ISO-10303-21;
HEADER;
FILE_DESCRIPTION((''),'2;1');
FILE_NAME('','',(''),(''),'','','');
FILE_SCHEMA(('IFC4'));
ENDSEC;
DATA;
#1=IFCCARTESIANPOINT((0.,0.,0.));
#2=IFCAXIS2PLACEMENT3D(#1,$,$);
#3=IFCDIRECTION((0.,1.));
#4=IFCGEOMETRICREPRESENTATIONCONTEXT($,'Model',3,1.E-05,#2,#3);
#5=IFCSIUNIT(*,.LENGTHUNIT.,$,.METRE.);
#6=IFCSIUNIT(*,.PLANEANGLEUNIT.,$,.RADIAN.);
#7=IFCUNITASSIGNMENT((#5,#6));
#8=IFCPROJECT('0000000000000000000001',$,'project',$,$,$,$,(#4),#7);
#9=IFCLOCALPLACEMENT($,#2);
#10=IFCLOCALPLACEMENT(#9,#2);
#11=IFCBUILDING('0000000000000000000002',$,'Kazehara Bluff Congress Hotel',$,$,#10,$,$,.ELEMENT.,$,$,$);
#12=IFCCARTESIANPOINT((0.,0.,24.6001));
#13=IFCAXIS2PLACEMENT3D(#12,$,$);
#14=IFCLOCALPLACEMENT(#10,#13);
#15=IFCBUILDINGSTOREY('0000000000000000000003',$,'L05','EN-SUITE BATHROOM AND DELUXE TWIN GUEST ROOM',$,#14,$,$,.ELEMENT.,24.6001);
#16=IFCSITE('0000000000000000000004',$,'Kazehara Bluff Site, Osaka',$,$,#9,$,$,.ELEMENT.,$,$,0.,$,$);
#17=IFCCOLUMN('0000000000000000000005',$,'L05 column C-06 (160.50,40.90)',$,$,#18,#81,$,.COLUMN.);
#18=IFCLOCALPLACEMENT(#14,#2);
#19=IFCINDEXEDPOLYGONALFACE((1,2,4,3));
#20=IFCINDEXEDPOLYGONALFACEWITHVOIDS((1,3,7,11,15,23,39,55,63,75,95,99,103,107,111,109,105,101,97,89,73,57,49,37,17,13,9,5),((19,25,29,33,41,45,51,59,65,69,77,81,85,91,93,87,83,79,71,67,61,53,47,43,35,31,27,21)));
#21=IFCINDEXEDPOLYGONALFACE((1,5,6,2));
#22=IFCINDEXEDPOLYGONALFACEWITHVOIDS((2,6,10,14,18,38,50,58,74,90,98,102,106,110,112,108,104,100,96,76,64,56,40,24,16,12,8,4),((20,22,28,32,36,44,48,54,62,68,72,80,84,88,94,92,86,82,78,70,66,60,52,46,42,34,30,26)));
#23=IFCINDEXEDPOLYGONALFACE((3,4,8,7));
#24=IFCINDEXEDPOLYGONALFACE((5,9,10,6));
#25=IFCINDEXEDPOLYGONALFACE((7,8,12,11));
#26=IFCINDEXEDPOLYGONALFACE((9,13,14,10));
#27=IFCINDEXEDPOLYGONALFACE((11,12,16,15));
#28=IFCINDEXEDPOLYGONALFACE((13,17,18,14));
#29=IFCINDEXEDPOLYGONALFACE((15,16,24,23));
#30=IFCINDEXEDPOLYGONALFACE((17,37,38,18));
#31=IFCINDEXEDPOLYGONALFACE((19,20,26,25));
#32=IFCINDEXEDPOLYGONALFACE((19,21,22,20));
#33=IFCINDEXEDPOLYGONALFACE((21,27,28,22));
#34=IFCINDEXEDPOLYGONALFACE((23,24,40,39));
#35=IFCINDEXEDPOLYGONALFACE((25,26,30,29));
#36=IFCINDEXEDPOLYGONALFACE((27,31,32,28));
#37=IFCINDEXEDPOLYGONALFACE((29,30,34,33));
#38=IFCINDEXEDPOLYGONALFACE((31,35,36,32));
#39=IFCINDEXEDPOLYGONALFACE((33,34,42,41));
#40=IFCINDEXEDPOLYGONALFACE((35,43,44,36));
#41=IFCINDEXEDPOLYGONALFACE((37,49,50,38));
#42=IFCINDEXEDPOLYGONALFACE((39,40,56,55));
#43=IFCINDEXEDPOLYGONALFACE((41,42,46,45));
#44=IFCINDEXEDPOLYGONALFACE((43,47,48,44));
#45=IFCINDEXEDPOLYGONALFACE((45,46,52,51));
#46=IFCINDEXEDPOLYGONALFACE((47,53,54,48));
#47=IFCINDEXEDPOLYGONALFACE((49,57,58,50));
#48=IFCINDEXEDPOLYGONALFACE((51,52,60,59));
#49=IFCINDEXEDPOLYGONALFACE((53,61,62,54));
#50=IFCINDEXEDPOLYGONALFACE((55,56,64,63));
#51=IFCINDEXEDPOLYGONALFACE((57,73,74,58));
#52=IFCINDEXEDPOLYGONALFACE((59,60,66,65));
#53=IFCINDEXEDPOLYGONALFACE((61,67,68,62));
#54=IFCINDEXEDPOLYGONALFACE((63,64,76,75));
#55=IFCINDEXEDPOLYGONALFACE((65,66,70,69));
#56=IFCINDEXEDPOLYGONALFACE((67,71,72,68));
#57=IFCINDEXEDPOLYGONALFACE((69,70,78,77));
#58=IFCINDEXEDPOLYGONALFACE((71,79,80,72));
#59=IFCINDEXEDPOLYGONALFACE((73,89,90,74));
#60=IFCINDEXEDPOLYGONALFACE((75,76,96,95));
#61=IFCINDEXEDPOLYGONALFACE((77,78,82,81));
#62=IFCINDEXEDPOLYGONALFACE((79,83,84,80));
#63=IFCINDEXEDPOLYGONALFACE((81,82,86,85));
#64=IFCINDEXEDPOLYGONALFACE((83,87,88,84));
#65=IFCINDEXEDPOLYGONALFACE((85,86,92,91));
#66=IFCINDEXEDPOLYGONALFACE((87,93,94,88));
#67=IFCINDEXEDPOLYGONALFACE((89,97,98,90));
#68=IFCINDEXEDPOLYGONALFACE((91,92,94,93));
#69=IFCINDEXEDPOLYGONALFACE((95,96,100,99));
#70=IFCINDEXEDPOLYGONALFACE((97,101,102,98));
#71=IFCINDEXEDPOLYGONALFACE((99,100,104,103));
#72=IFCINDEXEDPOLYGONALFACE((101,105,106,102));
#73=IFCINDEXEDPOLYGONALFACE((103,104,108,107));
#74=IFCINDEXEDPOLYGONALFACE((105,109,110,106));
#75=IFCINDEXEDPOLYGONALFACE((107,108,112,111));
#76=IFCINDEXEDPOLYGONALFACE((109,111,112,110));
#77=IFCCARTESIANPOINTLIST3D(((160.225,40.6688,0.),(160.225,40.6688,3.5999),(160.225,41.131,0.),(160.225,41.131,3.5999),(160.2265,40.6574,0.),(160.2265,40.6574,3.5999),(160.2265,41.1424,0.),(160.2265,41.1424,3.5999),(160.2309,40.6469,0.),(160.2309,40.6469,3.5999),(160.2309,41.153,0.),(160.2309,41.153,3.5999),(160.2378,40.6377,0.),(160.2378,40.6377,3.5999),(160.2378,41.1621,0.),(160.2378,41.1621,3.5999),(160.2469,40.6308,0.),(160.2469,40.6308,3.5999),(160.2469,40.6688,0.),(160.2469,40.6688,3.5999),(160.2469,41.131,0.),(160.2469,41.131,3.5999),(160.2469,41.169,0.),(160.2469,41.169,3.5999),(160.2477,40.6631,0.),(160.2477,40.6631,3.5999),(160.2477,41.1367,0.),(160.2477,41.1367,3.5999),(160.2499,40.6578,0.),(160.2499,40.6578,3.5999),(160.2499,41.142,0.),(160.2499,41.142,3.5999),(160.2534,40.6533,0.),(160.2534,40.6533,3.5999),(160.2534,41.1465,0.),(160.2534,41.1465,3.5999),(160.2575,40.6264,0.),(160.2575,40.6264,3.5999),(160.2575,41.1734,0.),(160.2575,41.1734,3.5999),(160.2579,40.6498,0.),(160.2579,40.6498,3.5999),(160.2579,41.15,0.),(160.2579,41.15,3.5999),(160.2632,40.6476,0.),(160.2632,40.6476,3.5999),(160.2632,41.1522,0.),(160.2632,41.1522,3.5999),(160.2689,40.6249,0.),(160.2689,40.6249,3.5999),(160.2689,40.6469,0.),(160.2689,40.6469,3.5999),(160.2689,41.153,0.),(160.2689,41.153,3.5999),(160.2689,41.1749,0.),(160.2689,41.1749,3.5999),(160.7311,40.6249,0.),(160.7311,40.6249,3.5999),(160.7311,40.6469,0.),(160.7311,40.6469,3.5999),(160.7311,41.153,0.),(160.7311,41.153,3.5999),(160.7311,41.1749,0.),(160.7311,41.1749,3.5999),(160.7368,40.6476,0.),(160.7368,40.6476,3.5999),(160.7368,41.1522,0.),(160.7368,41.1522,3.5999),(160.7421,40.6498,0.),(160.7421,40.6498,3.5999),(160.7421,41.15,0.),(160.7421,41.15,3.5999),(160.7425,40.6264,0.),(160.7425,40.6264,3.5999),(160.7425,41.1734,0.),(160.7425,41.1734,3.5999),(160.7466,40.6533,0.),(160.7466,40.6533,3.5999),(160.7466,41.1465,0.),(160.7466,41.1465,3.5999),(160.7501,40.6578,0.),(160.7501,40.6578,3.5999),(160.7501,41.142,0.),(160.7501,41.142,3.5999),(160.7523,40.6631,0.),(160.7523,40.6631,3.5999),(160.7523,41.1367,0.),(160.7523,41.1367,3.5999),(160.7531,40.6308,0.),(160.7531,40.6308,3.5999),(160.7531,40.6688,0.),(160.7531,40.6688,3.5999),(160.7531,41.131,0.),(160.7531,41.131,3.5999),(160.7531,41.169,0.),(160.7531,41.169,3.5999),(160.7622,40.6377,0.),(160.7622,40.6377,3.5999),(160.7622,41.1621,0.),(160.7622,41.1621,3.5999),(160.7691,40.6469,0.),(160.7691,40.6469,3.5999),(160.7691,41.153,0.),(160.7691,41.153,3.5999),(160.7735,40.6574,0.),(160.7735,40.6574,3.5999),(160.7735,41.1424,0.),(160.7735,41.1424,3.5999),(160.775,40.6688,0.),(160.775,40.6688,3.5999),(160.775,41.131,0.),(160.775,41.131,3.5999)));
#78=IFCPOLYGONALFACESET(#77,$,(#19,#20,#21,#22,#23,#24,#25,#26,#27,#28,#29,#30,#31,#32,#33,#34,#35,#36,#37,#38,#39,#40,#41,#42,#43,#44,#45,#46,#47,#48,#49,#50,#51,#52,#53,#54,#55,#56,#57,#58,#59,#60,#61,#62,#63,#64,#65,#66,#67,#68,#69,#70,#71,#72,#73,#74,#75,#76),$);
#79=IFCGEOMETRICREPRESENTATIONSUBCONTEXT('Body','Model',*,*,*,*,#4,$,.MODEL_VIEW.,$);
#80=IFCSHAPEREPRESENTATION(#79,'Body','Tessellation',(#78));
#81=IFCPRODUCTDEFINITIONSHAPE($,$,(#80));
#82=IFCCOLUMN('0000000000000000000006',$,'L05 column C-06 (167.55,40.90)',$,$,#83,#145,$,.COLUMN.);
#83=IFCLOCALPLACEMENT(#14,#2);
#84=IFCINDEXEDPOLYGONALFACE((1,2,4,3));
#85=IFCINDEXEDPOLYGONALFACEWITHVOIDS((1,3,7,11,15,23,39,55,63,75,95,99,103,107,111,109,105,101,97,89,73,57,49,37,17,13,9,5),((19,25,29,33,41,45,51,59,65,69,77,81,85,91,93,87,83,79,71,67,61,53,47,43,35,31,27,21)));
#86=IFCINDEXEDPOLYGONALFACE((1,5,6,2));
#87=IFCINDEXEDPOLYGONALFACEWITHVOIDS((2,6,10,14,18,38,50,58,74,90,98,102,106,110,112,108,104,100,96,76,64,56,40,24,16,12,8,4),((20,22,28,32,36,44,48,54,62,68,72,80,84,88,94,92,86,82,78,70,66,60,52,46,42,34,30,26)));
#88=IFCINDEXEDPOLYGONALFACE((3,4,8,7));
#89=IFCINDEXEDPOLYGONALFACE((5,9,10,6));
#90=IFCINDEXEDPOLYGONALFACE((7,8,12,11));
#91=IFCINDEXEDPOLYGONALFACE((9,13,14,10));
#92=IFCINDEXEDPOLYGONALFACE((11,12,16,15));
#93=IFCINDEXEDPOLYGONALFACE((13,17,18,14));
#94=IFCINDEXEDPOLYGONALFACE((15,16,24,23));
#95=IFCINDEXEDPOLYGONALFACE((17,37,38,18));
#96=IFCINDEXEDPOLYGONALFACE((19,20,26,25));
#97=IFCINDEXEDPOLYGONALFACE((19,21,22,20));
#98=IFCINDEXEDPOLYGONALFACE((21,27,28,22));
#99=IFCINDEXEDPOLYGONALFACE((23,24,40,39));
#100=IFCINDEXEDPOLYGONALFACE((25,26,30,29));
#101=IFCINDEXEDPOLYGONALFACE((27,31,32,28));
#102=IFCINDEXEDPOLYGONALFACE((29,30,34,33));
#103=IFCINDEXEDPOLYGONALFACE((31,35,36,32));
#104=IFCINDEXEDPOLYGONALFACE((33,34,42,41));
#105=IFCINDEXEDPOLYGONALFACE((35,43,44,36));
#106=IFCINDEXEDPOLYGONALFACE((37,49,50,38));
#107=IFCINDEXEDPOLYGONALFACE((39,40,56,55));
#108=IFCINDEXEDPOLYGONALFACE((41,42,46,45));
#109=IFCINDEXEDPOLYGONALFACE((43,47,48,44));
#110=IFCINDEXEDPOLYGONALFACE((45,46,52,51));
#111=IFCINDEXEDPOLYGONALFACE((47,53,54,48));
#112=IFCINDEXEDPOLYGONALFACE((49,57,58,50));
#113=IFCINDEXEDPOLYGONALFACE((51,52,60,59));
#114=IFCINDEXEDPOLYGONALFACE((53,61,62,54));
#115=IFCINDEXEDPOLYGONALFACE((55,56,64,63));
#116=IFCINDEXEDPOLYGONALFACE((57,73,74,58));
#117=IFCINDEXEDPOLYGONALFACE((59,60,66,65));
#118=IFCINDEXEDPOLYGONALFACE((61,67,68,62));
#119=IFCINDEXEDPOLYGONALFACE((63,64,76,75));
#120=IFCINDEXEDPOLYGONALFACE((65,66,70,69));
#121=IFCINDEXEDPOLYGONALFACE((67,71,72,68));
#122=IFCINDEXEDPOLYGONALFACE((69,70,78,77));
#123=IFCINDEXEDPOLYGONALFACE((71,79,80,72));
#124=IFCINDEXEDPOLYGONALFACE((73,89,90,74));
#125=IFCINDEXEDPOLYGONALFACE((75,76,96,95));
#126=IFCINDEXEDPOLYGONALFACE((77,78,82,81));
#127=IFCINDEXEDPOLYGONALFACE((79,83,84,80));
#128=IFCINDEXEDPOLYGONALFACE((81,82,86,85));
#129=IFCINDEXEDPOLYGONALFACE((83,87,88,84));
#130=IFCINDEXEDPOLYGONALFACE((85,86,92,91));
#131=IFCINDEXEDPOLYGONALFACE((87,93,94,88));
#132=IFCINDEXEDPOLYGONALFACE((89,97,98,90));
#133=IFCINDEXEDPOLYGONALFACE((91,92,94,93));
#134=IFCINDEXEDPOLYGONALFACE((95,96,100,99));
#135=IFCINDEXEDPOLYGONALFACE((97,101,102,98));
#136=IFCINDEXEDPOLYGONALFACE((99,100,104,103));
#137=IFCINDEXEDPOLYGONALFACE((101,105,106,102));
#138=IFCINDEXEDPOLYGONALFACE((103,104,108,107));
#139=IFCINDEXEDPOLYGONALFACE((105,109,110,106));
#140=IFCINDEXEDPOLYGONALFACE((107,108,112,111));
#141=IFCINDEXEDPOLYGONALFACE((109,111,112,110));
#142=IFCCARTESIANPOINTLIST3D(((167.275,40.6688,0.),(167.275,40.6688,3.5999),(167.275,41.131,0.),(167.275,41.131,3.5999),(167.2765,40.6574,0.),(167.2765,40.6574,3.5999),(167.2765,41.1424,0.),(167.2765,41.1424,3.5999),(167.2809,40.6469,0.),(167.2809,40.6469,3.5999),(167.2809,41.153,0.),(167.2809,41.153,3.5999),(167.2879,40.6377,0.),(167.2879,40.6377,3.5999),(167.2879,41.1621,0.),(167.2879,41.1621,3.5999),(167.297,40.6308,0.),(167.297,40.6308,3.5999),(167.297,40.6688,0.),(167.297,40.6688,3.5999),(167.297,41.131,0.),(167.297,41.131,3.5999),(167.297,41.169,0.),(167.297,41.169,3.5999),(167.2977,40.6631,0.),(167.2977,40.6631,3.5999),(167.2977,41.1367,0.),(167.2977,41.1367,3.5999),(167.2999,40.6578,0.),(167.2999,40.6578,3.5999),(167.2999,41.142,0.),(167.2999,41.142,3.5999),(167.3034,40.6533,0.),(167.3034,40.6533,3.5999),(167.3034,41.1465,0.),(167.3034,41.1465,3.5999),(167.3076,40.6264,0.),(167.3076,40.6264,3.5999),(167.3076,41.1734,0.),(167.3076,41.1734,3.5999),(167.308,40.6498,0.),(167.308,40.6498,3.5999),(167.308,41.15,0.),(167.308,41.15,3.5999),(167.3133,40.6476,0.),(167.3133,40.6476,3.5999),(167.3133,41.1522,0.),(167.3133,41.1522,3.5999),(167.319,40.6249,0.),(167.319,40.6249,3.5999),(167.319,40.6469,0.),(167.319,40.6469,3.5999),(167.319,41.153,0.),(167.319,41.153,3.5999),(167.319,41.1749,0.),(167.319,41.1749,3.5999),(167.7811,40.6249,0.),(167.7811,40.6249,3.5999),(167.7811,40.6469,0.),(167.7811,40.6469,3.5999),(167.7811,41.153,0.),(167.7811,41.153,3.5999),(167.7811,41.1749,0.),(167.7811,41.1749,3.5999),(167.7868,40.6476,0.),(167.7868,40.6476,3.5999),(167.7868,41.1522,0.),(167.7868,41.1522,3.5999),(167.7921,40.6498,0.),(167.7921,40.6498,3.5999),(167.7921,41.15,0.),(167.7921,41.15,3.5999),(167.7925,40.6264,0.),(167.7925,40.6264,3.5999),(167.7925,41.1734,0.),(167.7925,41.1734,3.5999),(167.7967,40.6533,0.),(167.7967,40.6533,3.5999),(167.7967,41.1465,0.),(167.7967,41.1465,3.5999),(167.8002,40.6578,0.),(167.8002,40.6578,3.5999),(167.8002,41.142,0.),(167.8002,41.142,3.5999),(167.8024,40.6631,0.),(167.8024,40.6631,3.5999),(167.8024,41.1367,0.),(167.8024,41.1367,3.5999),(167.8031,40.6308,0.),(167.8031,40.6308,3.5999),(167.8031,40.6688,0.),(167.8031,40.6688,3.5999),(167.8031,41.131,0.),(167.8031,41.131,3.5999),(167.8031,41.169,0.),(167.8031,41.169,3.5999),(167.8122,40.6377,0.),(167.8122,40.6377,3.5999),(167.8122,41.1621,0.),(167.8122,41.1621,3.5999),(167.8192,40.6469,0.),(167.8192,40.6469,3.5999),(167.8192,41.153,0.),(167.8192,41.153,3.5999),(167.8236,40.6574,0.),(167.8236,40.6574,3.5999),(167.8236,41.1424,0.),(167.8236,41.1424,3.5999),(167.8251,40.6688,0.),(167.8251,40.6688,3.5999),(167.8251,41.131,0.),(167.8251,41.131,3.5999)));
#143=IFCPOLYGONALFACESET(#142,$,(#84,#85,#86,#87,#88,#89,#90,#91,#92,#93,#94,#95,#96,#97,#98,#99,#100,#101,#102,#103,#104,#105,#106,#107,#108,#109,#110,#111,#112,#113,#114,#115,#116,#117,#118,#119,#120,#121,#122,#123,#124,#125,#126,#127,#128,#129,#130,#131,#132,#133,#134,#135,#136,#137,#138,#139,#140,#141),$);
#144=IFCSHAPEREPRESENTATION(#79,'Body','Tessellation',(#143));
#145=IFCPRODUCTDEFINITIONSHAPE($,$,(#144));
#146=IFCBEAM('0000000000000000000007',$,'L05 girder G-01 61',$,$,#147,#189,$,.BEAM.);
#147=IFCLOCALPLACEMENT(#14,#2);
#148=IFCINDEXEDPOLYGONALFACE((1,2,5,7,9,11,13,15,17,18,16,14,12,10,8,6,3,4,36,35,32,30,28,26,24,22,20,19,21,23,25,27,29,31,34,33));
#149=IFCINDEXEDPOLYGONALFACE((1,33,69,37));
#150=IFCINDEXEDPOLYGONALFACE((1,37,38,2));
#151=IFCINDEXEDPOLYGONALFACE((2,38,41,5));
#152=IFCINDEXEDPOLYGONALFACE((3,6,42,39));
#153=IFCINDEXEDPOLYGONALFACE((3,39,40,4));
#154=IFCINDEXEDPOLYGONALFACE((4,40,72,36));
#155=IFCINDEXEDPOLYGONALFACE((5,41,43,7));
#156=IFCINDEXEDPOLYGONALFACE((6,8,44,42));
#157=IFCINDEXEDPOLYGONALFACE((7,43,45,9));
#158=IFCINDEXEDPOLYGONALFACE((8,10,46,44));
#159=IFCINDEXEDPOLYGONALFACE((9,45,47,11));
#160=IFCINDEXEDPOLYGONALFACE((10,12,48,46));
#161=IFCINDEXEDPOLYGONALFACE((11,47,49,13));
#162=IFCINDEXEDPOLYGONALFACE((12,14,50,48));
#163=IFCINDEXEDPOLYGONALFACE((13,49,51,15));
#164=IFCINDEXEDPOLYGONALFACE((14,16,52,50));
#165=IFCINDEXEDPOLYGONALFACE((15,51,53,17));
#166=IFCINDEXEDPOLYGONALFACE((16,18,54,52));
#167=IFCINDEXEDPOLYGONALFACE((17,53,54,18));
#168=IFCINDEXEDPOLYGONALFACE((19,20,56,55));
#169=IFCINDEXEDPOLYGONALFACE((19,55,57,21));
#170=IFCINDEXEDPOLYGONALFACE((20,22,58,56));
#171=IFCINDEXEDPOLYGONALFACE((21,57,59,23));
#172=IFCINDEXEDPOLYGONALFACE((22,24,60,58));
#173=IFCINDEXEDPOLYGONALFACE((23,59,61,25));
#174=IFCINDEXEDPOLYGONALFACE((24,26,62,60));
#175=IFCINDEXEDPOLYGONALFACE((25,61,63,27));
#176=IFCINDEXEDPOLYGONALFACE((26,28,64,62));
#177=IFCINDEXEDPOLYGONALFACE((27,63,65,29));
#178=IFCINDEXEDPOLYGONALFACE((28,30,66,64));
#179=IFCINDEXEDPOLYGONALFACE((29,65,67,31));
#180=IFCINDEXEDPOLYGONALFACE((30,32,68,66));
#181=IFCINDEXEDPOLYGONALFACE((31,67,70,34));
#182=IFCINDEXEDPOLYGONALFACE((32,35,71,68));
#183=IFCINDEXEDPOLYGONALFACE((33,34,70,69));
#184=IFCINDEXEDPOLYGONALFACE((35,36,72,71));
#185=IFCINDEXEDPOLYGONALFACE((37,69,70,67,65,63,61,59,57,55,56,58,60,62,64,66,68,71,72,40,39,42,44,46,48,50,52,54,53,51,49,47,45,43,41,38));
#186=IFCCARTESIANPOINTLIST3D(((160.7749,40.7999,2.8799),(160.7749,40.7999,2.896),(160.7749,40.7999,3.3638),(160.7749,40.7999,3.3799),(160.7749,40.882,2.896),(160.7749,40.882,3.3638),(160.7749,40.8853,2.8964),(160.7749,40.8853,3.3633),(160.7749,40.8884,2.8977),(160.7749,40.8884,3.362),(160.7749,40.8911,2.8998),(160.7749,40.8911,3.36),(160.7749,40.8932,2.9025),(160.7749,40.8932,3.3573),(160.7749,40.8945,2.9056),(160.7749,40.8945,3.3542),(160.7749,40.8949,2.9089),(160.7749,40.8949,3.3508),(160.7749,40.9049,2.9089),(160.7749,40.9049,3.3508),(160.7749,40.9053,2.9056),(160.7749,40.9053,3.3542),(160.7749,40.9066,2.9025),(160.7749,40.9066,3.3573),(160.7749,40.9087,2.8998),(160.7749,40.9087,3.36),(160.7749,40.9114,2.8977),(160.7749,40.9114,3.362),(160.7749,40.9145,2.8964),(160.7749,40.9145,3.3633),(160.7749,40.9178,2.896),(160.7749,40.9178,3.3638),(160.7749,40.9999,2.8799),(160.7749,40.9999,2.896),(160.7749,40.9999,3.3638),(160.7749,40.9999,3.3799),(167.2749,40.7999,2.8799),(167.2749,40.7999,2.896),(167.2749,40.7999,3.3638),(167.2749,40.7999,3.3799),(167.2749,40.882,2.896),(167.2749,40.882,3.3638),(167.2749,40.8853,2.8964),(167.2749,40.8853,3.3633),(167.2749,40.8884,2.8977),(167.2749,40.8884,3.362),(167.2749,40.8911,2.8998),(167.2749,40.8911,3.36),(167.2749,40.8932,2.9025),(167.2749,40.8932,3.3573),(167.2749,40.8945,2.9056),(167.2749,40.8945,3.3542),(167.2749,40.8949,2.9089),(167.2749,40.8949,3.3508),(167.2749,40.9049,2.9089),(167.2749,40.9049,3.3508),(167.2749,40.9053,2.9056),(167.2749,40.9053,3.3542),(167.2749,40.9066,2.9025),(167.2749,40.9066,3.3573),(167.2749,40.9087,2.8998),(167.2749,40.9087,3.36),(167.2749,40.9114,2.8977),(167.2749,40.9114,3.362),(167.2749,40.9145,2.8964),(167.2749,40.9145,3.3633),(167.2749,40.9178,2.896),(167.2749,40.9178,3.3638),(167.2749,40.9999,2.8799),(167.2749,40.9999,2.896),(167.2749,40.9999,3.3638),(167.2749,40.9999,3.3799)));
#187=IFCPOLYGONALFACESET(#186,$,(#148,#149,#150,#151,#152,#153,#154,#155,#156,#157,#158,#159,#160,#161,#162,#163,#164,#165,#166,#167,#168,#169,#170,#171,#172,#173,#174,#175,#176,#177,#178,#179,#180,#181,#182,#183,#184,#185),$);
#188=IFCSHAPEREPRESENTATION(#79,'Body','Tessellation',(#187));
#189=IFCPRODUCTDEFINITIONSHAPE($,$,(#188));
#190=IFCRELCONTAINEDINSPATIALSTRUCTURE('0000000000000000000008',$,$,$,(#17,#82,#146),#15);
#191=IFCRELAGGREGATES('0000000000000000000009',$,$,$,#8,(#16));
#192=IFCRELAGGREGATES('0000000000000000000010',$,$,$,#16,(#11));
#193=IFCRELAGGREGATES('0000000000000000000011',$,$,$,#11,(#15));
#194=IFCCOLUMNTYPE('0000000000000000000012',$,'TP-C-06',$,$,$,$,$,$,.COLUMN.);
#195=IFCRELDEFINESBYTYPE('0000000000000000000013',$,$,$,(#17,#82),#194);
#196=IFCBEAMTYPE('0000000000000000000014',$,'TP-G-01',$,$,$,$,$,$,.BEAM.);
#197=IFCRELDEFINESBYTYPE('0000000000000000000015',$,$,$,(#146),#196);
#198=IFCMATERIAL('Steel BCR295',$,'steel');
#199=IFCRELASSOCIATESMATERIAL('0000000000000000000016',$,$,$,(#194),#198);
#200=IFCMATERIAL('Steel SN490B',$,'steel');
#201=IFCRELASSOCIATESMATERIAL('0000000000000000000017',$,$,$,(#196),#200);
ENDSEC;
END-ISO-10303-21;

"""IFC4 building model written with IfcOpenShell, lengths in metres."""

from ifc_helpers import new_model, si_unit, direction, frame, origin, origin_2d, place, context, subcontext, project, spatial, hollow_rectangle, i_section, extrude, material, material_profile, profile_set, type_object, element, save


model = new_model("IFC4")

# Units and contexts
model_context = context("Model", 3, precision=1e-05, world=origin(), true_north=direction((0.0, 1.0)))
body_context = subcontext(model_context, "Body", "Model", "MODEL_VIEW")
ifc_project = project(units=[si_unit("LENGTHUNIT", "METRE"), si_unit("PLANEANGLEUNIT", "RADIAN")], contexts=[model_context])

# Site, building, storey
site_placement = place(None, origin())
site = spatial("IfcSite", under=ifc_project, at=site_placement, Name="Kazehara Bluff Site, Osaka", CompositionType="ELEMENT", RefElevation=0.0)
building_placement = place(site_placement, origin())
building = spatial("IfcBuilding", under=site, at=building_placement, Name="Kazehara Bluff Congress Hotel", CompositionType="ELEMENT")
storey_placement = place(building_placement, frame((0.0, 0.0, 24.6001)))
storey = spatial("IfcBuildingStorey", under=building, at=storey_placement, Name="L05", Description="EN-SUITE BATHROOM AND DELUXE TWIN GUEST ROOM", CompositionType="ELEMENT", Elevation=24.6001)

# Columns
ifc_material_1 = material(Name="Steel BCR295", Category="steel")
ifc_material_profile_1 = material_profile(ifc_material_1, hollow_rectangle(XDim=0.55, YDim=0.55, WallThickness=0.022, InnerFilletRadius=0.022, OuterFilletRadius=0.0439, at=origin_2d()))
ifc_profile_set_1 = profile_set([ifc_material_profile_1], Name="Steel BCR295")
column_type = type_object("IfcColumnType", Name="TP-C-06", PredefinedType="COLUMN", material=ifc_profile_set_1)
for number, where, z_axis, x_axis, name in (
    (1, (160.5, 40.8999, 0.0), (0.0, 0.0, 1.0), (1.0, 0.0, 0.0), "L05 column C-06 (160.50,40.90)"),
    (2, (167.55, 40.8999, 0.0), (0.0, 0.0, 1.0), (1.0, 0.0, 0.0), "L05 column C-06 (167.55,40.90)"),
):
    element("IfcColumn", number, at=place(storey_placement, frame(where, z_axis=z_axis, x_axis=x_axis)), inside=storey, type_object=column_type, Name=name, PredefinedType="COLUMN", context=body_context, shape_type="SweptSolid", body=[
        extrude(hollow_rectangle(XDim=0.55, YDim=0.55, WallThickness=0.022, InnerFilletRadius=0.022, OuterFilletRadius=0.0439, at=origin_2d()), origin(), (0.0, 0.0, 1.0), 3.5999),
    ])

# Beam
ifc_material_2 = material(Name="Steel SN490B", Category="steel")
ifc_material_profile_2 = material_profile(ifc_material_2, i_section(OverallWidth=0.2, OverallDepth=0.5, WebThickness=0.01, FlangeThickness=0.0161, FilletRadius=0.0129, at=origin_2d()))
ifc_profile_set_2 = profile_set([ifc_material_profile_2], Name="Steel SN490B")
beam_type_1 = type_object("IfcBeamType", Name="TP-G-01", PredefinedType="BEAM", material=ifc_profile_set_2)
beam_1_placement = place(storey_placement, frame((160.7749, 40.8999, 3.1299), z_axis=(1.0, 0.0, 0.0), x_axis=(0.0, 1.0, 0.0)))
element("IfcBeam", 3, at=beam_1_placement, inside=storey, type_object=beam_type_1, Name="L05 girder G-01 61", PredefinedType="BEAM", context=body_context, shape_type="SweptSolid", body=[
    extrude(i_section(OverallWidth=0.2, OverallDepth=0.5, WebThickness=0.01, FlangeThickness=0.0161, FilletRadius=0.0129, at=origin_2d()), origin(), (0.0, 0.0, 1.0), 6.5),
])

save(model, "model.ifc")
